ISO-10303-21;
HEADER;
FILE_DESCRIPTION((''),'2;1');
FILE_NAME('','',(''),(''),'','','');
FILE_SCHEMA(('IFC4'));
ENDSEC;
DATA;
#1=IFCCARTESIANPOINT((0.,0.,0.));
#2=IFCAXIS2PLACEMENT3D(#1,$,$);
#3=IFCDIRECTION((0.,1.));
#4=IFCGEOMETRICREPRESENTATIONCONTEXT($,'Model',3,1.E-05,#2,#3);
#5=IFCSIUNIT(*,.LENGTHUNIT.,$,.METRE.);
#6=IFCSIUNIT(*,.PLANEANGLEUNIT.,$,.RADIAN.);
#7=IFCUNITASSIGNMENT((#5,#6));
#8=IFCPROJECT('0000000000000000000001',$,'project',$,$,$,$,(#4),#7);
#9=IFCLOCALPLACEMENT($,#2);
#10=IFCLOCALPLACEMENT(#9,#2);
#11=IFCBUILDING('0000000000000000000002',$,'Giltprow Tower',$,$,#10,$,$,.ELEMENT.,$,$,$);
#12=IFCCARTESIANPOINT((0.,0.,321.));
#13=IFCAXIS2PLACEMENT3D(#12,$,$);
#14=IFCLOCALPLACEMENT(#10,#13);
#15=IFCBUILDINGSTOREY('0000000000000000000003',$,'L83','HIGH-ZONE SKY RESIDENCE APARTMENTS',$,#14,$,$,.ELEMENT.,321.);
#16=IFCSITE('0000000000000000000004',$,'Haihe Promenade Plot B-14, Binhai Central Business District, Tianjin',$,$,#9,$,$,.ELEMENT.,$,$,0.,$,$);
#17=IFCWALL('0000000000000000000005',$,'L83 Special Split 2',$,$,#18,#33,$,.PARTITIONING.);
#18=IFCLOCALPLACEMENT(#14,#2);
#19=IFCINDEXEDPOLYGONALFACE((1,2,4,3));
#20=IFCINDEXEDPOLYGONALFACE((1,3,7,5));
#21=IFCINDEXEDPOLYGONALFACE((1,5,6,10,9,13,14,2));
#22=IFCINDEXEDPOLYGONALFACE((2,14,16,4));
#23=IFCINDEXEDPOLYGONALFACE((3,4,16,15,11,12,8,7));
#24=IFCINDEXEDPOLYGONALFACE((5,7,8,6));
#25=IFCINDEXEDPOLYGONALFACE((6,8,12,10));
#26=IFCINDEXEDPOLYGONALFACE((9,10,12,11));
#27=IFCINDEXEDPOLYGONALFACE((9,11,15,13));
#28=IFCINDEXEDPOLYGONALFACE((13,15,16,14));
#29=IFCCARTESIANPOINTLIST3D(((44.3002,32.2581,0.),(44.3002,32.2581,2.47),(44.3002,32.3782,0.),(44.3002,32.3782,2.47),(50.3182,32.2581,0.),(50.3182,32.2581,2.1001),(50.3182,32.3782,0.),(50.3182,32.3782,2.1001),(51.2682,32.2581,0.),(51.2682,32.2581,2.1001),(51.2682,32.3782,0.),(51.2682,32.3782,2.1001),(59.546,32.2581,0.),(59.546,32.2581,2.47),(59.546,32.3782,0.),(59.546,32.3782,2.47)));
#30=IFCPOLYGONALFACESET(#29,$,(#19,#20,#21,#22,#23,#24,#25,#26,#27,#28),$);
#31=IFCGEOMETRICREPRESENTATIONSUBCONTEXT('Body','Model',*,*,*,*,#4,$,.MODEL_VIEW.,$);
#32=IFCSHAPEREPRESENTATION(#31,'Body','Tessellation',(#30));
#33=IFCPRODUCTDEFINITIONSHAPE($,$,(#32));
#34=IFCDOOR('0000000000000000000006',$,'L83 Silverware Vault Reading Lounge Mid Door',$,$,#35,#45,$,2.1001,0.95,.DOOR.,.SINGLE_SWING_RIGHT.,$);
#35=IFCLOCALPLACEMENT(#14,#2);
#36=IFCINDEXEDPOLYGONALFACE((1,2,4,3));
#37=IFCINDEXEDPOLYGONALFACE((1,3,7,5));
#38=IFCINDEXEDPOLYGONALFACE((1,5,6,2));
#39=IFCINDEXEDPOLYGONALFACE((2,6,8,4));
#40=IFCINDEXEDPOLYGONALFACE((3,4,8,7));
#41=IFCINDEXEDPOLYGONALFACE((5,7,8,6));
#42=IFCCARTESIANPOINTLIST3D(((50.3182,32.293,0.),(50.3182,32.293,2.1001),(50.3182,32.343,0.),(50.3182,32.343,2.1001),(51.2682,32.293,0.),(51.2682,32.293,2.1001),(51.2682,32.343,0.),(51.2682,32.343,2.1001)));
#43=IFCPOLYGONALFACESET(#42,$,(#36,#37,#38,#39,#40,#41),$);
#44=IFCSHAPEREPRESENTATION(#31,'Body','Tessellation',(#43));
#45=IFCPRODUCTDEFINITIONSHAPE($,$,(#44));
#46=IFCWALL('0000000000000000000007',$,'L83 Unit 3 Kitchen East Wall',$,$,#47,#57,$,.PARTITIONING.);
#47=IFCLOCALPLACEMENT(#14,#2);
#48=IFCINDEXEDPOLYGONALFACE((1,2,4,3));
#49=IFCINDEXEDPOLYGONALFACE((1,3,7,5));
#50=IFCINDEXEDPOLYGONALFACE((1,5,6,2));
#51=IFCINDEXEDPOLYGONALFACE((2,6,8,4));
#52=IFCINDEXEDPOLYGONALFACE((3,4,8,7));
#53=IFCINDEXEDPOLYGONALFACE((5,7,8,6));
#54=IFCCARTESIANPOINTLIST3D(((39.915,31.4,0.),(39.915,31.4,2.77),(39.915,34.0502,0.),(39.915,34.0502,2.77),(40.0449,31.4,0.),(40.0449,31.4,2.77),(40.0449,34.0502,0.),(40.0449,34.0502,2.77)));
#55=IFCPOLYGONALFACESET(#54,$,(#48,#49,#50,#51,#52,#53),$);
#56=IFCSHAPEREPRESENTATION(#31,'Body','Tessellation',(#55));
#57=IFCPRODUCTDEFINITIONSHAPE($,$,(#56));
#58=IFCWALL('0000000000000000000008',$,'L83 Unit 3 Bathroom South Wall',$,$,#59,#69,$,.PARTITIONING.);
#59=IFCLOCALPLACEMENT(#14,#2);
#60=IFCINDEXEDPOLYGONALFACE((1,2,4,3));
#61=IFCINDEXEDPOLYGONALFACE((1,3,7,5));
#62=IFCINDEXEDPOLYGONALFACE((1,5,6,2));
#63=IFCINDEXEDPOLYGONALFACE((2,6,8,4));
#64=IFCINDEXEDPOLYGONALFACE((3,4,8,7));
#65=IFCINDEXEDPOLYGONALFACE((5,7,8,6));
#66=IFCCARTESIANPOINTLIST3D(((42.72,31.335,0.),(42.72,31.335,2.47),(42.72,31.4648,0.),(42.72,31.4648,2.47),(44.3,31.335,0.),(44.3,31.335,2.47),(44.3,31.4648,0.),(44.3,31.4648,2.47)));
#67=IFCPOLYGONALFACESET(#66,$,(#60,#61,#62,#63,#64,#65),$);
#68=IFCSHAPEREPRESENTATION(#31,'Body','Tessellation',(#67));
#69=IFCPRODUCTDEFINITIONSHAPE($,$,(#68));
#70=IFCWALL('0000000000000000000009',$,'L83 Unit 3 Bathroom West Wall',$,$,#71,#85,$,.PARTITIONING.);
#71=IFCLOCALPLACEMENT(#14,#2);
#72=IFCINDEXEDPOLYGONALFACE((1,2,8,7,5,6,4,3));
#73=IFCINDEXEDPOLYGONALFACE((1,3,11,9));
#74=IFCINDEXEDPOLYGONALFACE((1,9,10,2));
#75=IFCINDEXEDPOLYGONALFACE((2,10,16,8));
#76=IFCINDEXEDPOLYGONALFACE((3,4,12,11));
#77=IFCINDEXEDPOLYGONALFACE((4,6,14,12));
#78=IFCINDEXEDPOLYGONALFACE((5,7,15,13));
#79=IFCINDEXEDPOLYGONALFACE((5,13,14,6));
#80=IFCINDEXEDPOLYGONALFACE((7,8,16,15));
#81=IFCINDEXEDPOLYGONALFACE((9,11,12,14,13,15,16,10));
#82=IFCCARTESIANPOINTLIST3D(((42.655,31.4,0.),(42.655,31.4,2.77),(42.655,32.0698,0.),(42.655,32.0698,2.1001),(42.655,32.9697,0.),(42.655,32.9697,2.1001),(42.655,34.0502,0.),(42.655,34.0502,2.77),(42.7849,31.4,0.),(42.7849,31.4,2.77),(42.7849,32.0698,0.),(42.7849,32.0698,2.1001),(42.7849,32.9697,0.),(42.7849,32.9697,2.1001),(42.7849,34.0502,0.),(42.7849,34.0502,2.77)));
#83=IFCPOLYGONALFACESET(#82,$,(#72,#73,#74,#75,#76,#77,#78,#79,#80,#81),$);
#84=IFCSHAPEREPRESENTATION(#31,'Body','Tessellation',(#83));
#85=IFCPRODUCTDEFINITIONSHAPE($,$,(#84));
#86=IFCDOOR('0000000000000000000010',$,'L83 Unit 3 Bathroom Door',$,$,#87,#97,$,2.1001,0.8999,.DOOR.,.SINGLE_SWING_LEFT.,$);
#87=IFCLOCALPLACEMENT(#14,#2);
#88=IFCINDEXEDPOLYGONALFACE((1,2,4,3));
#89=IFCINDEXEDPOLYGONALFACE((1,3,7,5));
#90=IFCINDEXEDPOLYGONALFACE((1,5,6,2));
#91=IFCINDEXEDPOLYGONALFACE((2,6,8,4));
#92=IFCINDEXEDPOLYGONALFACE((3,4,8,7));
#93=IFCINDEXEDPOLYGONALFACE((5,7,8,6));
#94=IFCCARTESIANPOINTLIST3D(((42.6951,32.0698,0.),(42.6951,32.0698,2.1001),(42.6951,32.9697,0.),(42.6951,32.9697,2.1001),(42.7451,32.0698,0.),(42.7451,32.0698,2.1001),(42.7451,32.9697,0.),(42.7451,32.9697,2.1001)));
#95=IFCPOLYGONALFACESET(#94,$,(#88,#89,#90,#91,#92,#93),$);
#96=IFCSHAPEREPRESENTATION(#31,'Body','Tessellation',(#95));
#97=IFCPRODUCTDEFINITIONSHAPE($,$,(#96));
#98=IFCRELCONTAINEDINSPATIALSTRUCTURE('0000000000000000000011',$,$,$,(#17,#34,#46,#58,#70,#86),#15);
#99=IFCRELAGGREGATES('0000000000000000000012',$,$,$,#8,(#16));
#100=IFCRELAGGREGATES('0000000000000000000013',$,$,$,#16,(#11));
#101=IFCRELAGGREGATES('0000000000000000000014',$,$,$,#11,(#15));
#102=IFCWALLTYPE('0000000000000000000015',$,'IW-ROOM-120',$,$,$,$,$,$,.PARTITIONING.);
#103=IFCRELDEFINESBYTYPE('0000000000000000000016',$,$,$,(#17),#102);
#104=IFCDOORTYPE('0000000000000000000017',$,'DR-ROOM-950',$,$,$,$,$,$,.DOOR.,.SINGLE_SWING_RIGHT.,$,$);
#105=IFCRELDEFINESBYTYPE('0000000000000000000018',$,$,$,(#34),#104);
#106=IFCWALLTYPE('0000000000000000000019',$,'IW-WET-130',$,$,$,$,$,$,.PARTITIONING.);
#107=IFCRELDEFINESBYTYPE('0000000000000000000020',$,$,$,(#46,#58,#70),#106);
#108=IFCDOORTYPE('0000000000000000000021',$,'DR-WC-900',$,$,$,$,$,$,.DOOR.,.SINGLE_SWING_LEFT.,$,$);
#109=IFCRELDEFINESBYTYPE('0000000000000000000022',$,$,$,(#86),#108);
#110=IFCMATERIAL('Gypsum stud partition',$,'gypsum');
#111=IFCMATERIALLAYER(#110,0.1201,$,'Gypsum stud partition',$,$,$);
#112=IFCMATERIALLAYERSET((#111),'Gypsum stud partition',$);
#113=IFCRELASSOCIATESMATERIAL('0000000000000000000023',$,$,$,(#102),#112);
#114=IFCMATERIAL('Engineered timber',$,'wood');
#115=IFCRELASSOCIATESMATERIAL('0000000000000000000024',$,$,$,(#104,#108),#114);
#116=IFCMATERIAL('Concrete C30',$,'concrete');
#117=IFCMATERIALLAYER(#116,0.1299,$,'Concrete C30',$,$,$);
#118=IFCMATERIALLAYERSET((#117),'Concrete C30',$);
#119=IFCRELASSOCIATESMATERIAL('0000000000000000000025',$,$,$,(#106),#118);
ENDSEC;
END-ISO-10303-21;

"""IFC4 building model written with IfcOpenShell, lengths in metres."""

from ifc_helpers import new_model, si_unit, direction, frame, frame_2d, origin, place, context, subcontext, project, spatial, rectangle, extrude, source, transform, mapped, material, layer, layer_set, type_object, element, fill, save


model = new_model("IFC4")

# Units and contexts
model_context = context("Model", 3, precision=1e-05, world=origin(), true_north=direction((0.0, 1.0)))
body_context = subcontext(model_context, "Body", "Model", "MODEL_VIEW")
ifc_project = project(units=[si_unit("LENGTHUNIT", "METRE"), si_unit("PLANEANGLEUNIT", "RADIAN")], contexts=[model_context])

# Site, building, storey
site_placement = place(None, origin())
site = spatial("IfcSite", under=ifc_project, at=site_placement, Name="Haihe Promenade Plot B-14, Binhai Central Business District, Tianjin", CompositionType="ELEMENT", RefElevation=0.0)
building_placement = place(site_placement, origin())
building = spatial("IfcBuilding", under=site, at=building_placement, Name="Giltprow Tower", CompositionType="ELEMENT")
storey_placement = place(building_placement, frame((0.0, 0.0, 321.0)))
storey = spatial("IfcBuildingStorey", under=building, at=storey_placement, Name="L83", Description="HIGH-ZONE SKY RESIDENCE APARTMENTS", CompositionType="ELEMENT", Elevation=321.0)

# Shared definitions
ifc_material_1 = material(Name="Gypsum stud partition", Category="gypsum")
ifc_material_2 = material(Name="Engineered timber", Category="wood")

# Shared definitions
ifc_layer_1 = layer(ifc_material_1, 0.1201, Name="Gypsum stud partition")
ifc_layer_set_1 = layer_set([ifc_layer_1], Name="Gypsum stud partition")
wall_type_1 = type_object("IfcWallType", Name="IW-ROOM-120", PredefinedType="PARTITIONING", material=ifc_layer_set_1)

# Wall, opening, door
door_type_1 = type_object("IfcDoorType", Name="DR-ROOM-950", OperationType="SINGLE_SWING_RIGHT", PredefinedType="DOOR", material=ifc_material_2)
shared_shape_1 = source(origin(), body_context, "Body", "SweptSolid", [
    extrude(rectangle(XDim=0.95, YDim=2.1001, at=frame_2d((0.4751, 1.05))), frame((0.0, 0.0249, 0.0), z_axis=(0.0, -1.0, 0.0), x_axis=(1.0, 0.0, 0.0)), (0.0, 0.0, 1.0), 0.05),
])
wall_1_placement = place(storey_placement, frame((44.3, 32.3181, 0.0), z_axis=(0.0, 0.0, 1.0), x_axis=(1.0, 0.0, 0.0)))
wall_1 = element("IfcWall", 1, at=wall_1_placement, inside=storey, type_object=wall_type_1, Name="L83 Special Split 2", PredefinedType="PARTITIONING", context=body_context, shape_type="SweptSolid", body=[
    extrude(rectangle(XDim=15.2458, YDim=0.1201, at=frame_2d((7.623, 0.0))), origin(), (0.0, 0.0, 1.0), 2.47),
])
opening_1_placement = place(wall_1_placement, frame((6.0181, 0.0, 0.0)))
opening_1 = element("IfcOpeningElement", 2, at=opening_1_placement, cuts=wall_1, PredefinedType="OPENING", context=body_context, shape_type="SweptSolid", body=[
    extrude(rectangle(XDim=0.95, YDim=2.1001, at=frame_2d((0.4751, 1.05))), frame((0.0, 0.0701, 0.0), z_axis=(0.0, -1.0, 0.0), x_axis=(1.0, 0.0, 0.0)), (0.0, 0.0, 1.0), 0.1401),
])
door_1_placement = place(opening_1_placement, origin())
door_1 = element("IfcDoor", 3, at=door_1_placement, inside=storey, type_object=door_type_1, Name="L83 Silverware Vault Reading Lounge Mid Door", OperationType="SINGLE_SWING_RIGHT", OverallHeight=2.1001, OverallWidth=0.95, PredefinedType="DOOR", context=body_context, shape_type="MappedRepresentation", body=[
    mapped(shared_shape_1, transform((0.0, 0.0, 0.0), x_axis=(1.0, 0.0, 0.0), y_axis=(0.0, 1.0, 0.0), z_axis=(0.0, 0.0, 1.0), scale=1.0)),
])
fill(opening_1, door_1)

# Walls
ifc_material_3 = material(Name="Concrete C30", Category="concrete")
ifc_layer_2 = layer(ifc_material_3, 0.1299, Name="Concrete C30")
ifc_layer_set_2 = layer_set([ifc_layer_2], Name="Concrete C30")
wall_type_2 = type_object("IfcWallType", Name="IW-WET-130", PredefinedType="PARTITIONING", material=ifc_layer_set_2)
wall_2_placement = place(storey_placement, frame((39.98, 31.3999, 0.0), z_axis=(0.0, 0.0, 1.0), x_axis=(0.0, 1.0, 0.0)))
element("IfcWall", 4, at=wall_2_placement, inside=storey, type_object=wall_type_2, Name="L83 Unit 3 Kitchen East Wall", PredefinedType="PARTITIONING", context=body_context, shape_type="SweptSolid", body=[
    extrude(rectangle(XDim=2.6501, YDim=0.1299, at=frame_2d((1.3252, 0.0))), origin(), (0.0, 0.0, 1.0), 2.77),
])
wall_3_placement = place(storey_placement, frame((42.72, 31.3999, 0.0), z_axis=(0.0, 0.0, 1.0), x_axis=(1.0, 0.0, 0.0)))
element("IfcWall", 5, at=wall_3_placement, inside=storey, type_object=wall_type_2, Name="L83 Unit 3 Bathroom South Wall", PredefinedType="PARTITIONING", context=body_context, shape_type="SweptSolid", body=[
    extrude(rectangle(XDim=1.5801, YDim=0.1299, at=frame_2d((0.79, 0.0))), origin(), (0.0, 0.0, 1.0), 2.47),
])

# Wall, opening, door
wall_4_placement = place(storey_placement, frame((42.72, 31.3999, 0.0), z_axis=(0.0, 0.0, 1.0), x_axis=(0.0, 1.0, 0.0)))
wall_4 = element("IfcWall", 6, at=wall_4_placement, inside=storey, type_object=wall_type_2, Name="L83 Unit 3 Bathroom West Wall", PredefinedType="PARTITIONING", context=body_context, shape_type="SweptSolid", body=[
    extrude(rectangle(XDim=2.6501, YDim=0.1299, at=frame_2d((1.3252, 0.0))), origin(), (0.0, 0.0, 1.0), 2.77),
])
opening_2_placement = place(wall_4_placement, frame((0.6699, 0.0, 0.0)))
opening_2 = element("IfcOpeningElement", 7, at=opening_2_placement, cuts=wall_4, PredefinedType="OPENING", context=body_context, shape_type="SweptSolid", body=[
    extrude(rectangle(XDim=0.8999, YDim=2.1001, at=frame_2d((0.45, 1.05))), frame((0.0, 0.075, 0.0), z_axis=(0.0, -1.0, 0.0), x_axis=(1.0, 0.0, 0.0)), (0.0, 0.0, 1.0), 0.1499),
])
door_type_2 = type_object("IfcDoorType", Name="DR-WC-900", OperationType="SINGLE_SWING_LEFT", PredefinedType="DOOR", material=ifc_material_2)
shared_shape_2 = source(origin(), body_context, "Body", "SweptSolid", [
    extrude(rectangle(XDim=0.8999, YDim=2.1001, at=frame_2d((0.45, 1.05))), frame((0.0, 0.0249, 0.0), z_axis=(0.0, -1.0, 0.0), x_axis=(1.0, 0.0, 0.0)), (0.0, 0.0, 1.0), 0.05),
])
door_2_placement = place(opening_2_placement, origin())
door_2 = element("IfcDoor", 8, at=door_2_placement, inside=storey, type_object=door_type_2, Name="L83 Unit 3 Bathroom Door", OperationType="SINGLE_SWING_LEFT", OverallHeight=2.1001, OverallWidth=0.8999, PredefinedType="DOOR", context=body_context, shape_type="MappedRepresentation", body=[
    mapped(shared_shape_2, transform((0.0, 0.0, 0.0), x_axis=(1.0, 0.0, 0.0), y_axis=(0.0, 1.0, 0.0), z_axis=(0.0, 0.0, 1.0), scale=1.0)),
])
fill(opening_2, door_2)

save(model, "model.ifc")
